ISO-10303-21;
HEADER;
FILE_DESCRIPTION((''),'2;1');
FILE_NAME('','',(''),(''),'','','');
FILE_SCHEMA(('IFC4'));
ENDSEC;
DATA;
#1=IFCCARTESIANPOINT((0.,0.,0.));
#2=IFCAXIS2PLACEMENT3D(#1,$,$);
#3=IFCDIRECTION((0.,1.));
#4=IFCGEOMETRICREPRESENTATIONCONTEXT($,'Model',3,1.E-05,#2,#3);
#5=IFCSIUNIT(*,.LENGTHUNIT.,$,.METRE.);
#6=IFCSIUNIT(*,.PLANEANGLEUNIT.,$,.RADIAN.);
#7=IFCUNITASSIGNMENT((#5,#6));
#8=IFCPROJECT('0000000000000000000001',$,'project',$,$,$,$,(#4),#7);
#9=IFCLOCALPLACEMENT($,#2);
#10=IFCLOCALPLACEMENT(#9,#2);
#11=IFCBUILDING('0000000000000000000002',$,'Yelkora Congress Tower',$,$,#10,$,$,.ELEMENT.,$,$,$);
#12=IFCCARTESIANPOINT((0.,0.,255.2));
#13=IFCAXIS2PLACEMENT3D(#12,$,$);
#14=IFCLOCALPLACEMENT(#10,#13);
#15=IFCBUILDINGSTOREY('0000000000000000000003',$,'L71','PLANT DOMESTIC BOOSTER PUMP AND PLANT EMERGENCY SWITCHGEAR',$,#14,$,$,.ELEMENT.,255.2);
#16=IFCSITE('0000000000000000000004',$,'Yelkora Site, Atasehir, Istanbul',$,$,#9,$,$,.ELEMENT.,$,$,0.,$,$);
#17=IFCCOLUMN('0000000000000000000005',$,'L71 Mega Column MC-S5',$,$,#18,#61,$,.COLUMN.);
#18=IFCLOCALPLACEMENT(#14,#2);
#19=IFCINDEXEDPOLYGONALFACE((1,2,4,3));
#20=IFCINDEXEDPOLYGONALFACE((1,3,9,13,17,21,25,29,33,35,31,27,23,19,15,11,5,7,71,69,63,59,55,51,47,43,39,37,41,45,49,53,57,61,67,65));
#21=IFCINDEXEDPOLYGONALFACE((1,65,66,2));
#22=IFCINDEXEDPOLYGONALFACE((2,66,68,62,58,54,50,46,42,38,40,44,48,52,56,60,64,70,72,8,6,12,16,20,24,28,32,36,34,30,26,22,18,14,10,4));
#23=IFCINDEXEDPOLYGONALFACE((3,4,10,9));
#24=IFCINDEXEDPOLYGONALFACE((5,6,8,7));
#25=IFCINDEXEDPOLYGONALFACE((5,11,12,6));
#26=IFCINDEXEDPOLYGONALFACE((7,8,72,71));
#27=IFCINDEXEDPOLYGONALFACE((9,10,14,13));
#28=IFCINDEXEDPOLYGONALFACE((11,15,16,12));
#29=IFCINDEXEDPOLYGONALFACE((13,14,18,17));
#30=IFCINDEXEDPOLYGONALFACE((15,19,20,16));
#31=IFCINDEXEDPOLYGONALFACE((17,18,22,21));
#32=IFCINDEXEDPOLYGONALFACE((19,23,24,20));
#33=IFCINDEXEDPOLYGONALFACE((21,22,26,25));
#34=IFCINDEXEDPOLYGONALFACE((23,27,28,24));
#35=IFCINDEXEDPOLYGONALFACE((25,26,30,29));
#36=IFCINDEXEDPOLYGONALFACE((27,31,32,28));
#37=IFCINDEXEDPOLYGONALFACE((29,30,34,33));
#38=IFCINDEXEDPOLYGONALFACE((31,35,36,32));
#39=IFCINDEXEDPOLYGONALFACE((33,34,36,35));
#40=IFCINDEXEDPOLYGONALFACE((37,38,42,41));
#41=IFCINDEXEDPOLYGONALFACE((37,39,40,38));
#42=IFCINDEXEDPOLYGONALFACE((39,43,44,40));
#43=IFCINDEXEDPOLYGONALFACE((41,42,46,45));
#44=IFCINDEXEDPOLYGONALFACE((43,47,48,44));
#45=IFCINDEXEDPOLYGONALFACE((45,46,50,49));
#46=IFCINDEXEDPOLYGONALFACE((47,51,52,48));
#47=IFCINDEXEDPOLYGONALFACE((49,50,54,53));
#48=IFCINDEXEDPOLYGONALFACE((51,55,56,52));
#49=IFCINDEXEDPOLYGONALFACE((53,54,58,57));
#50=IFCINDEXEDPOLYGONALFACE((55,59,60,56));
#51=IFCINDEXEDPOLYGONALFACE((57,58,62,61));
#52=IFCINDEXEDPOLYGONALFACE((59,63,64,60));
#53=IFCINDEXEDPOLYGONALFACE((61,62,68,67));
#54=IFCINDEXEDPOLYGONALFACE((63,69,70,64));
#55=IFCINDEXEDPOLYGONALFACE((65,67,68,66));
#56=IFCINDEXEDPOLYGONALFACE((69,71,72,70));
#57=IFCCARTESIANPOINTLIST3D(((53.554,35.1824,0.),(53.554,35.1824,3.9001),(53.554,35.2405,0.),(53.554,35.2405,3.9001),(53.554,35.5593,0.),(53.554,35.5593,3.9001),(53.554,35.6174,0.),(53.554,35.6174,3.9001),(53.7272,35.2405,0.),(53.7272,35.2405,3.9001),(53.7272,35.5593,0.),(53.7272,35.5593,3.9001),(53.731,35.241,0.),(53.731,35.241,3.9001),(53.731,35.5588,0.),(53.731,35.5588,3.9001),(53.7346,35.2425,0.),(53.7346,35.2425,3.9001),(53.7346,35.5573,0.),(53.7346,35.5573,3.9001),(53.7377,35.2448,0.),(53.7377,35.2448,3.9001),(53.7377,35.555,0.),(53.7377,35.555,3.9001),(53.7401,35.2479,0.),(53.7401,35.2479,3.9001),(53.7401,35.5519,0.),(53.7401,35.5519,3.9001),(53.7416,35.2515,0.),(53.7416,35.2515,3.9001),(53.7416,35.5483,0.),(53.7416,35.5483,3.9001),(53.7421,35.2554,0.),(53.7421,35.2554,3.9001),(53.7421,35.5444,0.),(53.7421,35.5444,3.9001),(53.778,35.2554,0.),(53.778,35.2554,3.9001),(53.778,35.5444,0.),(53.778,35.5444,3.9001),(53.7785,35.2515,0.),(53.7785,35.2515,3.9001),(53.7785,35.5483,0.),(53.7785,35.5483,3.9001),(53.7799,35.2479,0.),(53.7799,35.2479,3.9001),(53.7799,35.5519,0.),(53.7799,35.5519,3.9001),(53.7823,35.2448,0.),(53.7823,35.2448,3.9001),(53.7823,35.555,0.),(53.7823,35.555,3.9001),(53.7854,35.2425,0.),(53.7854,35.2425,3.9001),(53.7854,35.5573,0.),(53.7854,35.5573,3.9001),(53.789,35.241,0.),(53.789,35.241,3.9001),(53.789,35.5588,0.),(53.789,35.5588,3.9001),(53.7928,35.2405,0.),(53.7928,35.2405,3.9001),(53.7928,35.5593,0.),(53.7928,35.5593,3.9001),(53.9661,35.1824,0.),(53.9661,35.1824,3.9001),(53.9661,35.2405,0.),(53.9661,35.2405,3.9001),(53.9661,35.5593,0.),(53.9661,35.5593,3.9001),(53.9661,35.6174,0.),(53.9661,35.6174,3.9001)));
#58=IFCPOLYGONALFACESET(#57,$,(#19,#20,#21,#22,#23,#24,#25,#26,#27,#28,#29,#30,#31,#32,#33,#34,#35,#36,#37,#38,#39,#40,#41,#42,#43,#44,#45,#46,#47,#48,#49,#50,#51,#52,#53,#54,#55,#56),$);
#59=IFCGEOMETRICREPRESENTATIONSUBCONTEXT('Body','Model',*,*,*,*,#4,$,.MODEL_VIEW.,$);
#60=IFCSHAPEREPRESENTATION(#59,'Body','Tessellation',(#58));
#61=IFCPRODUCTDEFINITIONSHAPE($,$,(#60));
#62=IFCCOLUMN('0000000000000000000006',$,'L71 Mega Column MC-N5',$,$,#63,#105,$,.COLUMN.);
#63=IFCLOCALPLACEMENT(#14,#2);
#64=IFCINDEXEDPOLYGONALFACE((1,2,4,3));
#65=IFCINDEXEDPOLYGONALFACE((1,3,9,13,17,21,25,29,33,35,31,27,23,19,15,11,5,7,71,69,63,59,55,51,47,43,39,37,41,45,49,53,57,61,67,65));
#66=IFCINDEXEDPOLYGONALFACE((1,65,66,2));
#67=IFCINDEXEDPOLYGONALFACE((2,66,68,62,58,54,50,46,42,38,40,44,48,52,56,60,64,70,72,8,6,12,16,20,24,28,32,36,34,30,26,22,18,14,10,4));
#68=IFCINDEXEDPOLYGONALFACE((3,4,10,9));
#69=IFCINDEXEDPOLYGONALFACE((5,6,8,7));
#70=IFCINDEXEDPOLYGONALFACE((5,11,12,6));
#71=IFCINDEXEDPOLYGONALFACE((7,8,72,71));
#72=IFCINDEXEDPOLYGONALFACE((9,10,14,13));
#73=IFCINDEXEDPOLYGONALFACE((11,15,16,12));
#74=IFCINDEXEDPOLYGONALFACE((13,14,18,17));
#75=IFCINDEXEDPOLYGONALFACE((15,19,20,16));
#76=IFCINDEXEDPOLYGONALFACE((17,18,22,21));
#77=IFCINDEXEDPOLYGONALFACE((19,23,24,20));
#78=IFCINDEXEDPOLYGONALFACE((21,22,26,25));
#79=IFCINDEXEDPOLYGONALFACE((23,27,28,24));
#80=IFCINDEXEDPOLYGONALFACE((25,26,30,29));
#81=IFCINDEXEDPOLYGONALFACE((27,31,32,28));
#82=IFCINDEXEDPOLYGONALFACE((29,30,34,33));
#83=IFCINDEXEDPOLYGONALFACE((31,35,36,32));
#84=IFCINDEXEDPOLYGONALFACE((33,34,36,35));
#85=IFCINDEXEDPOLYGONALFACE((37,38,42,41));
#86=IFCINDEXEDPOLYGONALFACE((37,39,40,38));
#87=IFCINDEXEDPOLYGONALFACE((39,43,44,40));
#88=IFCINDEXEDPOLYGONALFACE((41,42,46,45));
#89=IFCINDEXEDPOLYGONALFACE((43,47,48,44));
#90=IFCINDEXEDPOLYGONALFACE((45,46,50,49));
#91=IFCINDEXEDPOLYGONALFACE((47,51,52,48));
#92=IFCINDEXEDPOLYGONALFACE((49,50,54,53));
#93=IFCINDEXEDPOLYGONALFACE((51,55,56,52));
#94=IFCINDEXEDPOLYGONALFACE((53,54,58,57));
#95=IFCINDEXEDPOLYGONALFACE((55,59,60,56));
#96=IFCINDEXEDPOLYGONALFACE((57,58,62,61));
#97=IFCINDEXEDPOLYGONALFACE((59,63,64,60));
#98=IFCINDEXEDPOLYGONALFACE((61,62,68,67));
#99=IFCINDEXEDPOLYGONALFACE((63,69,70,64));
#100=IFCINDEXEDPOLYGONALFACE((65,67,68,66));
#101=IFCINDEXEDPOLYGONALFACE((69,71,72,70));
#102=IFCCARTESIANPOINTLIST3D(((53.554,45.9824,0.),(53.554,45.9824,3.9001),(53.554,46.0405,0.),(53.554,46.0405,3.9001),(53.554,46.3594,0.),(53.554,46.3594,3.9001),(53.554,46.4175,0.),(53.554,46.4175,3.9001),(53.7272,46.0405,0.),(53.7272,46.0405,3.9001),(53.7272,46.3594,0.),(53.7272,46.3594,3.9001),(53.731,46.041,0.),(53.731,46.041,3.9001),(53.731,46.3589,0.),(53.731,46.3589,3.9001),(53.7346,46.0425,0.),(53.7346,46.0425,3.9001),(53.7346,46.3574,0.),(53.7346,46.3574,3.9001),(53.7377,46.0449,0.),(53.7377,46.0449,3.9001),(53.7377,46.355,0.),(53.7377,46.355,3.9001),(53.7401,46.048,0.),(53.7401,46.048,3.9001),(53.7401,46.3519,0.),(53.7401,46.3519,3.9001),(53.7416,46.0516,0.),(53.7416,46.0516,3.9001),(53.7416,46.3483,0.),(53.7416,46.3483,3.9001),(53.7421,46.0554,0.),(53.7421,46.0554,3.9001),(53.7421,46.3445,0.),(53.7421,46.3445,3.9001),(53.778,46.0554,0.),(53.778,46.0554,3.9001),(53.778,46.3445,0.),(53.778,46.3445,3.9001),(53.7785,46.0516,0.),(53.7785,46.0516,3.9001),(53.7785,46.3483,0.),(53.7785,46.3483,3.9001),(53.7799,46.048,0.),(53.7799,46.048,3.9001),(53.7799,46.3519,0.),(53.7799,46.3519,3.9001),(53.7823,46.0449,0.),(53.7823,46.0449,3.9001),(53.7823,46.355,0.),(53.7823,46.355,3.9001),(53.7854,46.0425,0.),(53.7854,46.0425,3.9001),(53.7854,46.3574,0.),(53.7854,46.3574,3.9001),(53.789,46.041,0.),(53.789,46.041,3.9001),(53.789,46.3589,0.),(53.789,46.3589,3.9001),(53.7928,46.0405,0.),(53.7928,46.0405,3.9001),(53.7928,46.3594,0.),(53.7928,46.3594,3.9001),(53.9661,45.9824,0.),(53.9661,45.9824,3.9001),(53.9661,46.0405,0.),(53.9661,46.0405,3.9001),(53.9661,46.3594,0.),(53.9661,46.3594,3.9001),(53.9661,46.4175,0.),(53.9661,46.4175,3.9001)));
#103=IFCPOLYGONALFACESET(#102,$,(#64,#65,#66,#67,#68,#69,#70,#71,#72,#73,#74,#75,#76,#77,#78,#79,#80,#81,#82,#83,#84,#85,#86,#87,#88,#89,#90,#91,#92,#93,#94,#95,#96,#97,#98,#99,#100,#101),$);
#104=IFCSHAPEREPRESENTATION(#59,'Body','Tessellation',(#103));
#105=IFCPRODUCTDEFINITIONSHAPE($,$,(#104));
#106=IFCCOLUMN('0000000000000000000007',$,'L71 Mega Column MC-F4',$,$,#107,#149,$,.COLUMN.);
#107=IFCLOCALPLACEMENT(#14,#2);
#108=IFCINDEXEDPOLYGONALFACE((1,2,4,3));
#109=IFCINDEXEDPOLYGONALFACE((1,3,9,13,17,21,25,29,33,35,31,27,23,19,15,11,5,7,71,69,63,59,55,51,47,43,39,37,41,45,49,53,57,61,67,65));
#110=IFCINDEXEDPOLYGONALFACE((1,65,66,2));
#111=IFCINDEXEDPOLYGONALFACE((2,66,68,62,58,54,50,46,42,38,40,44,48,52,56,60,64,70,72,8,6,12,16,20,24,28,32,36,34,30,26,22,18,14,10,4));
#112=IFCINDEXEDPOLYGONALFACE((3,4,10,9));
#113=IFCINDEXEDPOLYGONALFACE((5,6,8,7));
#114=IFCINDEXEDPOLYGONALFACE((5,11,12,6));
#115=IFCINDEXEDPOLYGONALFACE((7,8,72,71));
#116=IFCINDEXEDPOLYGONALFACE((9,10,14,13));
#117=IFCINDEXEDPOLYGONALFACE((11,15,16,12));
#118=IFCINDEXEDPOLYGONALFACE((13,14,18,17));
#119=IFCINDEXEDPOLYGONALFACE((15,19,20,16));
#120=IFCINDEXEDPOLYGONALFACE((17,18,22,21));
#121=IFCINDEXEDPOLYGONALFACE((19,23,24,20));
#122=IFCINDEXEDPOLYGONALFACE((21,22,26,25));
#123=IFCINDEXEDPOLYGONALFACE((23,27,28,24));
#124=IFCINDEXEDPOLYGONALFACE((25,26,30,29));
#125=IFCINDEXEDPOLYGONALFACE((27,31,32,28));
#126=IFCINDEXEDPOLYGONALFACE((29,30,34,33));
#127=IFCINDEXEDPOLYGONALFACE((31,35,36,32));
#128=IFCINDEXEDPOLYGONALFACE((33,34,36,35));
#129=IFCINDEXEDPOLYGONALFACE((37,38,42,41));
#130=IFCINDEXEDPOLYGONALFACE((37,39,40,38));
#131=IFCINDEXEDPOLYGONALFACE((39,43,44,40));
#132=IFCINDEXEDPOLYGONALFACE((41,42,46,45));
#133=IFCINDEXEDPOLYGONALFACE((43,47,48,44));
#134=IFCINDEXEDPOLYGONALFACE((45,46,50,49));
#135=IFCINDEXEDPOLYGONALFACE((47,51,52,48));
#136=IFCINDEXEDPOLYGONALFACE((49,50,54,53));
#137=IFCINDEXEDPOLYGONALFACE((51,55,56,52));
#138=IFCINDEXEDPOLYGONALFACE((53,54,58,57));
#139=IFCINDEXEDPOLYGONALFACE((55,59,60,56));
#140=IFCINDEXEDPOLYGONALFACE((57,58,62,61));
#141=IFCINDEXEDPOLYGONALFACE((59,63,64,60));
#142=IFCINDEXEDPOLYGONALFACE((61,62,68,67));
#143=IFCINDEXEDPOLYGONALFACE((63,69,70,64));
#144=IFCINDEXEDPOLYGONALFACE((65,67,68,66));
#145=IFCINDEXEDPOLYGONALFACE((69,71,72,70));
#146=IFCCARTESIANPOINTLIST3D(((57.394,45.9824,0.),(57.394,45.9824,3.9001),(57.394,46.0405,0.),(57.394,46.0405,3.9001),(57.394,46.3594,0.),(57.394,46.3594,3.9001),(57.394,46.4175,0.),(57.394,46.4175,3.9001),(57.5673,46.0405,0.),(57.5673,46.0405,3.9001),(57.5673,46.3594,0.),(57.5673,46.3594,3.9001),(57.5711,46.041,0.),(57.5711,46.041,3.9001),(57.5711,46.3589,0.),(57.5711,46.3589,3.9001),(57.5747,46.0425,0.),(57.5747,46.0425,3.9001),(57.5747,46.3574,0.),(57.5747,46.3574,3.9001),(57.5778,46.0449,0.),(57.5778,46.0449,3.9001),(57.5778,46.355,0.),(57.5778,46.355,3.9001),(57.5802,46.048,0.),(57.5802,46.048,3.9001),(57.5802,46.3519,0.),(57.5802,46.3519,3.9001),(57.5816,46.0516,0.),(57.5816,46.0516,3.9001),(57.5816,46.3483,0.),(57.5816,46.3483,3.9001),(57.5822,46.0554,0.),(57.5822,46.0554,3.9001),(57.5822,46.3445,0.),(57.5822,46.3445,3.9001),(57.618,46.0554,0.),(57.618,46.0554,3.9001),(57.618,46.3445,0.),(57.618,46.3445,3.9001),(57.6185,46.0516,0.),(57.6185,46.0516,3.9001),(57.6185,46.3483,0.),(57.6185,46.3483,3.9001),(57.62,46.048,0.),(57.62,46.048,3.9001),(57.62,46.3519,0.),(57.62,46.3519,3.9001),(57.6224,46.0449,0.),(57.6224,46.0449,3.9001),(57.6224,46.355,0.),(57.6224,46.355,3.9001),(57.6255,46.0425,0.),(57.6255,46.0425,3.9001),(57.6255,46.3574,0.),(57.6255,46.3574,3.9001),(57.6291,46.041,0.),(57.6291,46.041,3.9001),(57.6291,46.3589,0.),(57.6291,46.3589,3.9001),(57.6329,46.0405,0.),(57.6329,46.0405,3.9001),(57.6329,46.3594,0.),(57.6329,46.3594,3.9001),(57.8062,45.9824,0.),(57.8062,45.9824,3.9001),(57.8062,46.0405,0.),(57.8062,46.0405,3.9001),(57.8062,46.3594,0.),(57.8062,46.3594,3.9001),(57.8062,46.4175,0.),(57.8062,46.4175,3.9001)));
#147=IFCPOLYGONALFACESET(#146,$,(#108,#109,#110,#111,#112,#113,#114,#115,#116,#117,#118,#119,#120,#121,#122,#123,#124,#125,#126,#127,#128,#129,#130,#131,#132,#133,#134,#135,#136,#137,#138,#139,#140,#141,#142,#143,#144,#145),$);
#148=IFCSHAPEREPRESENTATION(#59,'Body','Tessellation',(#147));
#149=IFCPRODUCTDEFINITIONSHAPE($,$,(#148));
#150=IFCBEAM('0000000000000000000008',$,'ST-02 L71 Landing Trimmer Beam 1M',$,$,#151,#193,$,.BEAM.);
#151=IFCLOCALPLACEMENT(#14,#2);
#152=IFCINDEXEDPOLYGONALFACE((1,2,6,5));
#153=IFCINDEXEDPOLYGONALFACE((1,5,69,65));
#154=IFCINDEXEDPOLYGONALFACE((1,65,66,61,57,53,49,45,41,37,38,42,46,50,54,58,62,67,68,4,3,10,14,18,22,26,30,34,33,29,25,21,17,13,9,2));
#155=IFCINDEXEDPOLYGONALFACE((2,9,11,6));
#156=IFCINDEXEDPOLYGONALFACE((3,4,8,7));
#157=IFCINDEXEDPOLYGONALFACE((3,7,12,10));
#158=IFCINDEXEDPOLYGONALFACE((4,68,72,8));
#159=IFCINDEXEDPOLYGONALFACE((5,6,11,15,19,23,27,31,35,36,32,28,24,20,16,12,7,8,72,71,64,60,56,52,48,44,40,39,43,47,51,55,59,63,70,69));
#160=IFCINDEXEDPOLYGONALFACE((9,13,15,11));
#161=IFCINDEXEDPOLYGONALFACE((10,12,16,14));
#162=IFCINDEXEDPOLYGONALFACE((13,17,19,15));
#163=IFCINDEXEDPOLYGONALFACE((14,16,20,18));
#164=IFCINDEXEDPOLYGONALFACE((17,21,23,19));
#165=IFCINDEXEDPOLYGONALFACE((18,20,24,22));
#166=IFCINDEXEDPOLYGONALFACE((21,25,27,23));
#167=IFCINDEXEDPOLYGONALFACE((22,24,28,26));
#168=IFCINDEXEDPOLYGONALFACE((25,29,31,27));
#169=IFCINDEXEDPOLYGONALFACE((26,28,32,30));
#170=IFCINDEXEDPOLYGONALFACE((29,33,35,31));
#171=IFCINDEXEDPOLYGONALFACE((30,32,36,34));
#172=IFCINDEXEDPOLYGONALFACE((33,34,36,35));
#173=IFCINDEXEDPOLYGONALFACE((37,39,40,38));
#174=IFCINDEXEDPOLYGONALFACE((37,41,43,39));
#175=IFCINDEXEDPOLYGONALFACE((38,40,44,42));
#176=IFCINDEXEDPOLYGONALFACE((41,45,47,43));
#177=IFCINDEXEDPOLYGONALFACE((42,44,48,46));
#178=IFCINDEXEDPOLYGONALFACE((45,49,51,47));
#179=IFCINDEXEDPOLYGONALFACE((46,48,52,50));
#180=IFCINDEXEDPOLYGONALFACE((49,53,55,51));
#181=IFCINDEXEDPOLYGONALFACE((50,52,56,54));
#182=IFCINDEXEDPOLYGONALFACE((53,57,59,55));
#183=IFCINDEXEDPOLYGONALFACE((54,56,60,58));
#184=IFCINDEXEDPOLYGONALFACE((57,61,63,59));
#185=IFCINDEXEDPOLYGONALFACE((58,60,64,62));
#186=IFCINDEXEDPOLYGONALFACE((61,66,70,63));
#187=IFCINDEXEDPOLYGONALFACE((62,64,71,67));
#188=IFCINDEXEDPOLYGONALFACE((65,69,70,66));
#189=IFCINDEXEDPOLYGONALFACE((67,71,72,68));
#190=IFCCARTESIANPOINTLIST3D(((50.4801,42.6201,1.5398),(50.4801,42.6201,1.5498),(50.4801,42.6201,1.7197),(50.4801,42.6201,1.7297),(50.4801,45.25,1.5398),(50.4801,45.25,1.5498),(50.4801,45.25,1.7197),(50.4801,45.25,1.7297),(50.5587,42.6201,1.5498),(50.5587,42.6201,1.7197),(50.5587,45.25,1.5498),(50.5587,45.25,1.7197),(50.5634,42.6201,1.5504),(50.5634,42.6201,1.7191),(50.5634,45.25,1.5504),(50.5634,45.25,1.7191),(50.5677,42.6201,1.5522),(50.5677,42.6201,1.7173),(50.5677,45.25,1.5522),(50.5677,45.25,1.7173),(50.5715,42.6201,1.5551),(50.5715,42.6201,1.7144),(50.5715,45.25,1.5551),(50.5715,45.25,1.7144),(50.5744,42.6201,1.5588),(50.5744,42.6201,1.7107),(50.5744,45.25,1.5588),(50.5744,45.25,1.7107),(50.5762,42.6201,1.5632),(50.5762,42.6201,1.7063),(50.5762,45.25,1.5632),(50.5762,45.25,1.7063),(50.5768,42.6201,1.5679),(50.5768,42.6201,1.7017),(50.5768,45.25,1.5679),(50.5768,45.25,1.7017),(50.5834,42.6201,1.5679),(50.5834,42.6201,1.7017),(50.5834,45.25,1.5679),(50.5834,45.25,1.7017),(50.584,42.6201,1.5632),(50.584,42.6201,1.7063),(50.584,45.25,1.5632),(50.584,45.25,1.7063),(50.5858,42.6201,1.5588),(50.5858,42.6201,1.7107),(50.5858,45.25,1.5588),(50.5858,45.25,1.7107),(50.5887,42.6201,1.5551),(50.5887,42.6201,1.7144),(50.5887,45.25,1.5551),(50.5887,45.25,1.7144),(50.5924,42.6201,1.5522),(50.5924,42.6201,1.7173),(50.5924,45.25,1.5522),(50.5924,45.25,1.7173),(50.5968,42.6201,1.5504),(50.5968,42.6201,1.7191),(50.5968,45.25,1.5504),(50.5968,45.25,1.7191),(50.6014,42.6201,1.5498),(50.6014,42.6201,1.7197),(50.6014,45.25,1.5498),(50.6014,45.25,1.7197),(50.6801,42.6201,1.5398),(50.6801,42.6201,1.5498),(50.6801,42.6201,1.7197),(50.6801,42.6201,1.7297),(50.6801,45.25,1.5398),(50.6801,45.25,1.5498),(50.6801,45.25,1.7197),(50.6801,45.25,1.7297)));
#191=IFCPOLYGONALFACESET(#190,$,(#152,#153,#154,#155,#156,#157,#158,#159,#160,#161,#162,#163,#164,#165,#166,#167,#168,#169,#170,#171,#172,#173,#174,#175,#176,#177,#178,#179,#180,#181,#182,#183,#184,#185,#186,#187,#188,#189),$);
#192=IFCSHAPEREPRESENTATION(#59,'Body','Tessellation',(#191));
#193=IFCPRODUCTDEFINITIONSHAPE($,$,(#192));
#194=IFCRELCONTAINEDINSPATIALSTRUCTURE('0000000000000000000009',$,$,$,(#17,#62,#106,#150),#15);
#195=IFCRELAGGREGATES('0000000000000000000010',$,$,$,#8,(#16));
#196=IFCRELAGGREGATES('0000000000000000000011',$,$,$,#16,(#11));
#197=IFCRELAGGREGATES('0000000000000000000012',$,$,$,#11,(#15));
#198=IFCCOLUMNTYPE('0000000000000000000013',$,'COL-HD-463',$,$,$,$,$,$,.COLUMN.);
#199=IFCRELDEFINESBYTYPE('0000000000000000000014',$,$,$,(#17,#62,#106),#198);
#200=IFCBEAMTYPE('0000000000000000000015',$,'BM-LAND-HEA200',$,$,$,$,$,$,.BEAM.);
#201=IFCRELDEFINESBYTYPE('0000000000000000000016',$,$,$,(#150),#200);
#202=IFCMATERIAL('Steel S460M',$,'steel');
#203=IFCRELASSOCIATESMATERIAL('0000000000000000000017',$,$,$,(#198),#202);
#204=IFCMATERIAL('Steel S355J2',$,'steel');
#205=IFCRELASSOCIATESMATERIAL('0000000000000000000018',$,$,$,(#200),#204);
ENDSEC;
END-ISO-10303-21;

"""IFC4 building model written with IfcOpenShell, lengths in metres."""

from ifc_helpers import new_model, si_unit, direction, frame, origin, origin_2d, place, context, subcontext, project, spatial, i_section, extrude, material, material_profile, profile_set, type_object, element, save


model = new_model("IFC4")

# Units and contexts
model_context = context("Model", 3, precision=1e-05, world=origin(), true_north=direction((0.0, 1.0)))
body_context = subcontext(model_context, "Body", "Model", "MODEL_VIEW")
ifc_project = project(units=[si_unit("LENGTHUNIT", "METRE"), si_unit("PLANEANGLEUNIT", "RADIAN")], contexts=[model_context])

# Site, building, storey
site_placement = place(None, origin())
site = spatial("IfcSite", under=ifc_project, at=site_placement, Name="Yelkora Site, Atasehir, Istanbul", CompositionType="ELEMENT", RefElevation=0.0)
building_placement = place(site_placement, origin())
building = spatial("IfcBuilding", under=site, at=building_placement, Name="Yelkora Congress Tower", CompositionType="ELEMENT")
storey_placement = place(building_placement, frame((0.0, 0.0, 255.2)))
storey = spatial("IfcBuildingStorey", under=building, at=storey_placement, Name="L71", Description="PLANT DOMESTIC BOOSTER PUMP AND PLANT EMERGENCY SWITCHGEAR", CompositionType="ELEMENT", Elevation=255.2)

# Columns
ifc_material_1 = material(Name="Steel S460M", Category="steel")
ifc_material_profile_1 = material_profile(ifc_material_1, i_section(OverallWidth=0.4121, OverallDepth=0.4351, WebThickness=0.0359, FlangeThickness=0.0581, FilletRadius=0.0149, at=origin_2d()), Name="HD 400x463")
ifc_profile_set_1 = profile_set([ifc_material_profile_1], Name="Steel S460M")
column_type = type_object("IfcColumnType", Name="COL-HD-463", PredefinedType="COLUMN", material=ifc_profile_set_1)
for number, where, z_axis, x_axis, name in (
    (1, (53.76, 35.3999, 0.0), (0.0, 0.0, 1.0), (1.0, 0.0, 0.0), "L71 Mega Column MC-S5"),
    (2, (53.76, 46.2, 0.0), (0.0, 0.0, 1.0), (1.0, 0.0, 0.0), "L71 Mega Column MC-N5"),
    (3, (57.6001, 46.2, 0.0), (0.0, 0.0, 1.0), (1.0, 0.0, 0.0), "L71 Mega Column MC-F4"),
):
    element("IfcColumn", number, at=place(storey_placement, frame(where, z_axis=z_axis, x_axis=x_axis)), inside=storey, type_object=column_type, Name=name, PredefinedType="COLUMN", context=body_context, shape_type="SweptSolid", body=[
        extrude(i_section(OverallWidth=0.4121, OverallDepth=0.4351, WebThickness=0.0359, FlangeThickness=0.0581, FilletRadius=0.0149, at=origin_2d()), origin(), (0.0, 0.0, 1.0), 3.9001),
    ])

# Beam
ifc_material_2 = material(Name="Steel S355J2", Category="steel")
ifc_material_profile_2 = material_profile(ifc_material_2, i_section(OverallWidth=0.2, OverallDepth=0.1899, WebThickness=0.0066, FlangeThickness=0.01, FilletRadius=0.0181, at=origin_2d()), Name="HEA 200")
ifc_profile_set_2 = profile_set([ifc_material_profile_2], Name="Steel S355J2")
beam_type_1 = type_object("IfcBeamType", Name="BM-LAND-HEA200", PredefinedType="BEAM", material=ifc_profile_set_2)
beam_1_placement = place(storey_placement, frame((50.5801, 42.6201, 1.6348), z_axis=(0.0, 1.0, 0.0), x_axis=(-1.0, 0.0, 0.0)))
element("IfcBeam", 4, at=beam_1_placement, inside=storey, type_object=beam_type_1, Name="ST-02 L71 Landing Trimmer Beam 1M", PredefinedType="BEAM", context=body_context, shape_type="SweptSolid", body=[
    extrude(i_section(OverallWidth=0.2, OverallDepth=0.1899, WebThickness=0.0066, FlangeThickness=0.01, FilletRadius=0.0181, at=origin_2d()), origin(), (0.0, 0.0, 1.0), 2.6299),
])

save(model, "model.ifc")
